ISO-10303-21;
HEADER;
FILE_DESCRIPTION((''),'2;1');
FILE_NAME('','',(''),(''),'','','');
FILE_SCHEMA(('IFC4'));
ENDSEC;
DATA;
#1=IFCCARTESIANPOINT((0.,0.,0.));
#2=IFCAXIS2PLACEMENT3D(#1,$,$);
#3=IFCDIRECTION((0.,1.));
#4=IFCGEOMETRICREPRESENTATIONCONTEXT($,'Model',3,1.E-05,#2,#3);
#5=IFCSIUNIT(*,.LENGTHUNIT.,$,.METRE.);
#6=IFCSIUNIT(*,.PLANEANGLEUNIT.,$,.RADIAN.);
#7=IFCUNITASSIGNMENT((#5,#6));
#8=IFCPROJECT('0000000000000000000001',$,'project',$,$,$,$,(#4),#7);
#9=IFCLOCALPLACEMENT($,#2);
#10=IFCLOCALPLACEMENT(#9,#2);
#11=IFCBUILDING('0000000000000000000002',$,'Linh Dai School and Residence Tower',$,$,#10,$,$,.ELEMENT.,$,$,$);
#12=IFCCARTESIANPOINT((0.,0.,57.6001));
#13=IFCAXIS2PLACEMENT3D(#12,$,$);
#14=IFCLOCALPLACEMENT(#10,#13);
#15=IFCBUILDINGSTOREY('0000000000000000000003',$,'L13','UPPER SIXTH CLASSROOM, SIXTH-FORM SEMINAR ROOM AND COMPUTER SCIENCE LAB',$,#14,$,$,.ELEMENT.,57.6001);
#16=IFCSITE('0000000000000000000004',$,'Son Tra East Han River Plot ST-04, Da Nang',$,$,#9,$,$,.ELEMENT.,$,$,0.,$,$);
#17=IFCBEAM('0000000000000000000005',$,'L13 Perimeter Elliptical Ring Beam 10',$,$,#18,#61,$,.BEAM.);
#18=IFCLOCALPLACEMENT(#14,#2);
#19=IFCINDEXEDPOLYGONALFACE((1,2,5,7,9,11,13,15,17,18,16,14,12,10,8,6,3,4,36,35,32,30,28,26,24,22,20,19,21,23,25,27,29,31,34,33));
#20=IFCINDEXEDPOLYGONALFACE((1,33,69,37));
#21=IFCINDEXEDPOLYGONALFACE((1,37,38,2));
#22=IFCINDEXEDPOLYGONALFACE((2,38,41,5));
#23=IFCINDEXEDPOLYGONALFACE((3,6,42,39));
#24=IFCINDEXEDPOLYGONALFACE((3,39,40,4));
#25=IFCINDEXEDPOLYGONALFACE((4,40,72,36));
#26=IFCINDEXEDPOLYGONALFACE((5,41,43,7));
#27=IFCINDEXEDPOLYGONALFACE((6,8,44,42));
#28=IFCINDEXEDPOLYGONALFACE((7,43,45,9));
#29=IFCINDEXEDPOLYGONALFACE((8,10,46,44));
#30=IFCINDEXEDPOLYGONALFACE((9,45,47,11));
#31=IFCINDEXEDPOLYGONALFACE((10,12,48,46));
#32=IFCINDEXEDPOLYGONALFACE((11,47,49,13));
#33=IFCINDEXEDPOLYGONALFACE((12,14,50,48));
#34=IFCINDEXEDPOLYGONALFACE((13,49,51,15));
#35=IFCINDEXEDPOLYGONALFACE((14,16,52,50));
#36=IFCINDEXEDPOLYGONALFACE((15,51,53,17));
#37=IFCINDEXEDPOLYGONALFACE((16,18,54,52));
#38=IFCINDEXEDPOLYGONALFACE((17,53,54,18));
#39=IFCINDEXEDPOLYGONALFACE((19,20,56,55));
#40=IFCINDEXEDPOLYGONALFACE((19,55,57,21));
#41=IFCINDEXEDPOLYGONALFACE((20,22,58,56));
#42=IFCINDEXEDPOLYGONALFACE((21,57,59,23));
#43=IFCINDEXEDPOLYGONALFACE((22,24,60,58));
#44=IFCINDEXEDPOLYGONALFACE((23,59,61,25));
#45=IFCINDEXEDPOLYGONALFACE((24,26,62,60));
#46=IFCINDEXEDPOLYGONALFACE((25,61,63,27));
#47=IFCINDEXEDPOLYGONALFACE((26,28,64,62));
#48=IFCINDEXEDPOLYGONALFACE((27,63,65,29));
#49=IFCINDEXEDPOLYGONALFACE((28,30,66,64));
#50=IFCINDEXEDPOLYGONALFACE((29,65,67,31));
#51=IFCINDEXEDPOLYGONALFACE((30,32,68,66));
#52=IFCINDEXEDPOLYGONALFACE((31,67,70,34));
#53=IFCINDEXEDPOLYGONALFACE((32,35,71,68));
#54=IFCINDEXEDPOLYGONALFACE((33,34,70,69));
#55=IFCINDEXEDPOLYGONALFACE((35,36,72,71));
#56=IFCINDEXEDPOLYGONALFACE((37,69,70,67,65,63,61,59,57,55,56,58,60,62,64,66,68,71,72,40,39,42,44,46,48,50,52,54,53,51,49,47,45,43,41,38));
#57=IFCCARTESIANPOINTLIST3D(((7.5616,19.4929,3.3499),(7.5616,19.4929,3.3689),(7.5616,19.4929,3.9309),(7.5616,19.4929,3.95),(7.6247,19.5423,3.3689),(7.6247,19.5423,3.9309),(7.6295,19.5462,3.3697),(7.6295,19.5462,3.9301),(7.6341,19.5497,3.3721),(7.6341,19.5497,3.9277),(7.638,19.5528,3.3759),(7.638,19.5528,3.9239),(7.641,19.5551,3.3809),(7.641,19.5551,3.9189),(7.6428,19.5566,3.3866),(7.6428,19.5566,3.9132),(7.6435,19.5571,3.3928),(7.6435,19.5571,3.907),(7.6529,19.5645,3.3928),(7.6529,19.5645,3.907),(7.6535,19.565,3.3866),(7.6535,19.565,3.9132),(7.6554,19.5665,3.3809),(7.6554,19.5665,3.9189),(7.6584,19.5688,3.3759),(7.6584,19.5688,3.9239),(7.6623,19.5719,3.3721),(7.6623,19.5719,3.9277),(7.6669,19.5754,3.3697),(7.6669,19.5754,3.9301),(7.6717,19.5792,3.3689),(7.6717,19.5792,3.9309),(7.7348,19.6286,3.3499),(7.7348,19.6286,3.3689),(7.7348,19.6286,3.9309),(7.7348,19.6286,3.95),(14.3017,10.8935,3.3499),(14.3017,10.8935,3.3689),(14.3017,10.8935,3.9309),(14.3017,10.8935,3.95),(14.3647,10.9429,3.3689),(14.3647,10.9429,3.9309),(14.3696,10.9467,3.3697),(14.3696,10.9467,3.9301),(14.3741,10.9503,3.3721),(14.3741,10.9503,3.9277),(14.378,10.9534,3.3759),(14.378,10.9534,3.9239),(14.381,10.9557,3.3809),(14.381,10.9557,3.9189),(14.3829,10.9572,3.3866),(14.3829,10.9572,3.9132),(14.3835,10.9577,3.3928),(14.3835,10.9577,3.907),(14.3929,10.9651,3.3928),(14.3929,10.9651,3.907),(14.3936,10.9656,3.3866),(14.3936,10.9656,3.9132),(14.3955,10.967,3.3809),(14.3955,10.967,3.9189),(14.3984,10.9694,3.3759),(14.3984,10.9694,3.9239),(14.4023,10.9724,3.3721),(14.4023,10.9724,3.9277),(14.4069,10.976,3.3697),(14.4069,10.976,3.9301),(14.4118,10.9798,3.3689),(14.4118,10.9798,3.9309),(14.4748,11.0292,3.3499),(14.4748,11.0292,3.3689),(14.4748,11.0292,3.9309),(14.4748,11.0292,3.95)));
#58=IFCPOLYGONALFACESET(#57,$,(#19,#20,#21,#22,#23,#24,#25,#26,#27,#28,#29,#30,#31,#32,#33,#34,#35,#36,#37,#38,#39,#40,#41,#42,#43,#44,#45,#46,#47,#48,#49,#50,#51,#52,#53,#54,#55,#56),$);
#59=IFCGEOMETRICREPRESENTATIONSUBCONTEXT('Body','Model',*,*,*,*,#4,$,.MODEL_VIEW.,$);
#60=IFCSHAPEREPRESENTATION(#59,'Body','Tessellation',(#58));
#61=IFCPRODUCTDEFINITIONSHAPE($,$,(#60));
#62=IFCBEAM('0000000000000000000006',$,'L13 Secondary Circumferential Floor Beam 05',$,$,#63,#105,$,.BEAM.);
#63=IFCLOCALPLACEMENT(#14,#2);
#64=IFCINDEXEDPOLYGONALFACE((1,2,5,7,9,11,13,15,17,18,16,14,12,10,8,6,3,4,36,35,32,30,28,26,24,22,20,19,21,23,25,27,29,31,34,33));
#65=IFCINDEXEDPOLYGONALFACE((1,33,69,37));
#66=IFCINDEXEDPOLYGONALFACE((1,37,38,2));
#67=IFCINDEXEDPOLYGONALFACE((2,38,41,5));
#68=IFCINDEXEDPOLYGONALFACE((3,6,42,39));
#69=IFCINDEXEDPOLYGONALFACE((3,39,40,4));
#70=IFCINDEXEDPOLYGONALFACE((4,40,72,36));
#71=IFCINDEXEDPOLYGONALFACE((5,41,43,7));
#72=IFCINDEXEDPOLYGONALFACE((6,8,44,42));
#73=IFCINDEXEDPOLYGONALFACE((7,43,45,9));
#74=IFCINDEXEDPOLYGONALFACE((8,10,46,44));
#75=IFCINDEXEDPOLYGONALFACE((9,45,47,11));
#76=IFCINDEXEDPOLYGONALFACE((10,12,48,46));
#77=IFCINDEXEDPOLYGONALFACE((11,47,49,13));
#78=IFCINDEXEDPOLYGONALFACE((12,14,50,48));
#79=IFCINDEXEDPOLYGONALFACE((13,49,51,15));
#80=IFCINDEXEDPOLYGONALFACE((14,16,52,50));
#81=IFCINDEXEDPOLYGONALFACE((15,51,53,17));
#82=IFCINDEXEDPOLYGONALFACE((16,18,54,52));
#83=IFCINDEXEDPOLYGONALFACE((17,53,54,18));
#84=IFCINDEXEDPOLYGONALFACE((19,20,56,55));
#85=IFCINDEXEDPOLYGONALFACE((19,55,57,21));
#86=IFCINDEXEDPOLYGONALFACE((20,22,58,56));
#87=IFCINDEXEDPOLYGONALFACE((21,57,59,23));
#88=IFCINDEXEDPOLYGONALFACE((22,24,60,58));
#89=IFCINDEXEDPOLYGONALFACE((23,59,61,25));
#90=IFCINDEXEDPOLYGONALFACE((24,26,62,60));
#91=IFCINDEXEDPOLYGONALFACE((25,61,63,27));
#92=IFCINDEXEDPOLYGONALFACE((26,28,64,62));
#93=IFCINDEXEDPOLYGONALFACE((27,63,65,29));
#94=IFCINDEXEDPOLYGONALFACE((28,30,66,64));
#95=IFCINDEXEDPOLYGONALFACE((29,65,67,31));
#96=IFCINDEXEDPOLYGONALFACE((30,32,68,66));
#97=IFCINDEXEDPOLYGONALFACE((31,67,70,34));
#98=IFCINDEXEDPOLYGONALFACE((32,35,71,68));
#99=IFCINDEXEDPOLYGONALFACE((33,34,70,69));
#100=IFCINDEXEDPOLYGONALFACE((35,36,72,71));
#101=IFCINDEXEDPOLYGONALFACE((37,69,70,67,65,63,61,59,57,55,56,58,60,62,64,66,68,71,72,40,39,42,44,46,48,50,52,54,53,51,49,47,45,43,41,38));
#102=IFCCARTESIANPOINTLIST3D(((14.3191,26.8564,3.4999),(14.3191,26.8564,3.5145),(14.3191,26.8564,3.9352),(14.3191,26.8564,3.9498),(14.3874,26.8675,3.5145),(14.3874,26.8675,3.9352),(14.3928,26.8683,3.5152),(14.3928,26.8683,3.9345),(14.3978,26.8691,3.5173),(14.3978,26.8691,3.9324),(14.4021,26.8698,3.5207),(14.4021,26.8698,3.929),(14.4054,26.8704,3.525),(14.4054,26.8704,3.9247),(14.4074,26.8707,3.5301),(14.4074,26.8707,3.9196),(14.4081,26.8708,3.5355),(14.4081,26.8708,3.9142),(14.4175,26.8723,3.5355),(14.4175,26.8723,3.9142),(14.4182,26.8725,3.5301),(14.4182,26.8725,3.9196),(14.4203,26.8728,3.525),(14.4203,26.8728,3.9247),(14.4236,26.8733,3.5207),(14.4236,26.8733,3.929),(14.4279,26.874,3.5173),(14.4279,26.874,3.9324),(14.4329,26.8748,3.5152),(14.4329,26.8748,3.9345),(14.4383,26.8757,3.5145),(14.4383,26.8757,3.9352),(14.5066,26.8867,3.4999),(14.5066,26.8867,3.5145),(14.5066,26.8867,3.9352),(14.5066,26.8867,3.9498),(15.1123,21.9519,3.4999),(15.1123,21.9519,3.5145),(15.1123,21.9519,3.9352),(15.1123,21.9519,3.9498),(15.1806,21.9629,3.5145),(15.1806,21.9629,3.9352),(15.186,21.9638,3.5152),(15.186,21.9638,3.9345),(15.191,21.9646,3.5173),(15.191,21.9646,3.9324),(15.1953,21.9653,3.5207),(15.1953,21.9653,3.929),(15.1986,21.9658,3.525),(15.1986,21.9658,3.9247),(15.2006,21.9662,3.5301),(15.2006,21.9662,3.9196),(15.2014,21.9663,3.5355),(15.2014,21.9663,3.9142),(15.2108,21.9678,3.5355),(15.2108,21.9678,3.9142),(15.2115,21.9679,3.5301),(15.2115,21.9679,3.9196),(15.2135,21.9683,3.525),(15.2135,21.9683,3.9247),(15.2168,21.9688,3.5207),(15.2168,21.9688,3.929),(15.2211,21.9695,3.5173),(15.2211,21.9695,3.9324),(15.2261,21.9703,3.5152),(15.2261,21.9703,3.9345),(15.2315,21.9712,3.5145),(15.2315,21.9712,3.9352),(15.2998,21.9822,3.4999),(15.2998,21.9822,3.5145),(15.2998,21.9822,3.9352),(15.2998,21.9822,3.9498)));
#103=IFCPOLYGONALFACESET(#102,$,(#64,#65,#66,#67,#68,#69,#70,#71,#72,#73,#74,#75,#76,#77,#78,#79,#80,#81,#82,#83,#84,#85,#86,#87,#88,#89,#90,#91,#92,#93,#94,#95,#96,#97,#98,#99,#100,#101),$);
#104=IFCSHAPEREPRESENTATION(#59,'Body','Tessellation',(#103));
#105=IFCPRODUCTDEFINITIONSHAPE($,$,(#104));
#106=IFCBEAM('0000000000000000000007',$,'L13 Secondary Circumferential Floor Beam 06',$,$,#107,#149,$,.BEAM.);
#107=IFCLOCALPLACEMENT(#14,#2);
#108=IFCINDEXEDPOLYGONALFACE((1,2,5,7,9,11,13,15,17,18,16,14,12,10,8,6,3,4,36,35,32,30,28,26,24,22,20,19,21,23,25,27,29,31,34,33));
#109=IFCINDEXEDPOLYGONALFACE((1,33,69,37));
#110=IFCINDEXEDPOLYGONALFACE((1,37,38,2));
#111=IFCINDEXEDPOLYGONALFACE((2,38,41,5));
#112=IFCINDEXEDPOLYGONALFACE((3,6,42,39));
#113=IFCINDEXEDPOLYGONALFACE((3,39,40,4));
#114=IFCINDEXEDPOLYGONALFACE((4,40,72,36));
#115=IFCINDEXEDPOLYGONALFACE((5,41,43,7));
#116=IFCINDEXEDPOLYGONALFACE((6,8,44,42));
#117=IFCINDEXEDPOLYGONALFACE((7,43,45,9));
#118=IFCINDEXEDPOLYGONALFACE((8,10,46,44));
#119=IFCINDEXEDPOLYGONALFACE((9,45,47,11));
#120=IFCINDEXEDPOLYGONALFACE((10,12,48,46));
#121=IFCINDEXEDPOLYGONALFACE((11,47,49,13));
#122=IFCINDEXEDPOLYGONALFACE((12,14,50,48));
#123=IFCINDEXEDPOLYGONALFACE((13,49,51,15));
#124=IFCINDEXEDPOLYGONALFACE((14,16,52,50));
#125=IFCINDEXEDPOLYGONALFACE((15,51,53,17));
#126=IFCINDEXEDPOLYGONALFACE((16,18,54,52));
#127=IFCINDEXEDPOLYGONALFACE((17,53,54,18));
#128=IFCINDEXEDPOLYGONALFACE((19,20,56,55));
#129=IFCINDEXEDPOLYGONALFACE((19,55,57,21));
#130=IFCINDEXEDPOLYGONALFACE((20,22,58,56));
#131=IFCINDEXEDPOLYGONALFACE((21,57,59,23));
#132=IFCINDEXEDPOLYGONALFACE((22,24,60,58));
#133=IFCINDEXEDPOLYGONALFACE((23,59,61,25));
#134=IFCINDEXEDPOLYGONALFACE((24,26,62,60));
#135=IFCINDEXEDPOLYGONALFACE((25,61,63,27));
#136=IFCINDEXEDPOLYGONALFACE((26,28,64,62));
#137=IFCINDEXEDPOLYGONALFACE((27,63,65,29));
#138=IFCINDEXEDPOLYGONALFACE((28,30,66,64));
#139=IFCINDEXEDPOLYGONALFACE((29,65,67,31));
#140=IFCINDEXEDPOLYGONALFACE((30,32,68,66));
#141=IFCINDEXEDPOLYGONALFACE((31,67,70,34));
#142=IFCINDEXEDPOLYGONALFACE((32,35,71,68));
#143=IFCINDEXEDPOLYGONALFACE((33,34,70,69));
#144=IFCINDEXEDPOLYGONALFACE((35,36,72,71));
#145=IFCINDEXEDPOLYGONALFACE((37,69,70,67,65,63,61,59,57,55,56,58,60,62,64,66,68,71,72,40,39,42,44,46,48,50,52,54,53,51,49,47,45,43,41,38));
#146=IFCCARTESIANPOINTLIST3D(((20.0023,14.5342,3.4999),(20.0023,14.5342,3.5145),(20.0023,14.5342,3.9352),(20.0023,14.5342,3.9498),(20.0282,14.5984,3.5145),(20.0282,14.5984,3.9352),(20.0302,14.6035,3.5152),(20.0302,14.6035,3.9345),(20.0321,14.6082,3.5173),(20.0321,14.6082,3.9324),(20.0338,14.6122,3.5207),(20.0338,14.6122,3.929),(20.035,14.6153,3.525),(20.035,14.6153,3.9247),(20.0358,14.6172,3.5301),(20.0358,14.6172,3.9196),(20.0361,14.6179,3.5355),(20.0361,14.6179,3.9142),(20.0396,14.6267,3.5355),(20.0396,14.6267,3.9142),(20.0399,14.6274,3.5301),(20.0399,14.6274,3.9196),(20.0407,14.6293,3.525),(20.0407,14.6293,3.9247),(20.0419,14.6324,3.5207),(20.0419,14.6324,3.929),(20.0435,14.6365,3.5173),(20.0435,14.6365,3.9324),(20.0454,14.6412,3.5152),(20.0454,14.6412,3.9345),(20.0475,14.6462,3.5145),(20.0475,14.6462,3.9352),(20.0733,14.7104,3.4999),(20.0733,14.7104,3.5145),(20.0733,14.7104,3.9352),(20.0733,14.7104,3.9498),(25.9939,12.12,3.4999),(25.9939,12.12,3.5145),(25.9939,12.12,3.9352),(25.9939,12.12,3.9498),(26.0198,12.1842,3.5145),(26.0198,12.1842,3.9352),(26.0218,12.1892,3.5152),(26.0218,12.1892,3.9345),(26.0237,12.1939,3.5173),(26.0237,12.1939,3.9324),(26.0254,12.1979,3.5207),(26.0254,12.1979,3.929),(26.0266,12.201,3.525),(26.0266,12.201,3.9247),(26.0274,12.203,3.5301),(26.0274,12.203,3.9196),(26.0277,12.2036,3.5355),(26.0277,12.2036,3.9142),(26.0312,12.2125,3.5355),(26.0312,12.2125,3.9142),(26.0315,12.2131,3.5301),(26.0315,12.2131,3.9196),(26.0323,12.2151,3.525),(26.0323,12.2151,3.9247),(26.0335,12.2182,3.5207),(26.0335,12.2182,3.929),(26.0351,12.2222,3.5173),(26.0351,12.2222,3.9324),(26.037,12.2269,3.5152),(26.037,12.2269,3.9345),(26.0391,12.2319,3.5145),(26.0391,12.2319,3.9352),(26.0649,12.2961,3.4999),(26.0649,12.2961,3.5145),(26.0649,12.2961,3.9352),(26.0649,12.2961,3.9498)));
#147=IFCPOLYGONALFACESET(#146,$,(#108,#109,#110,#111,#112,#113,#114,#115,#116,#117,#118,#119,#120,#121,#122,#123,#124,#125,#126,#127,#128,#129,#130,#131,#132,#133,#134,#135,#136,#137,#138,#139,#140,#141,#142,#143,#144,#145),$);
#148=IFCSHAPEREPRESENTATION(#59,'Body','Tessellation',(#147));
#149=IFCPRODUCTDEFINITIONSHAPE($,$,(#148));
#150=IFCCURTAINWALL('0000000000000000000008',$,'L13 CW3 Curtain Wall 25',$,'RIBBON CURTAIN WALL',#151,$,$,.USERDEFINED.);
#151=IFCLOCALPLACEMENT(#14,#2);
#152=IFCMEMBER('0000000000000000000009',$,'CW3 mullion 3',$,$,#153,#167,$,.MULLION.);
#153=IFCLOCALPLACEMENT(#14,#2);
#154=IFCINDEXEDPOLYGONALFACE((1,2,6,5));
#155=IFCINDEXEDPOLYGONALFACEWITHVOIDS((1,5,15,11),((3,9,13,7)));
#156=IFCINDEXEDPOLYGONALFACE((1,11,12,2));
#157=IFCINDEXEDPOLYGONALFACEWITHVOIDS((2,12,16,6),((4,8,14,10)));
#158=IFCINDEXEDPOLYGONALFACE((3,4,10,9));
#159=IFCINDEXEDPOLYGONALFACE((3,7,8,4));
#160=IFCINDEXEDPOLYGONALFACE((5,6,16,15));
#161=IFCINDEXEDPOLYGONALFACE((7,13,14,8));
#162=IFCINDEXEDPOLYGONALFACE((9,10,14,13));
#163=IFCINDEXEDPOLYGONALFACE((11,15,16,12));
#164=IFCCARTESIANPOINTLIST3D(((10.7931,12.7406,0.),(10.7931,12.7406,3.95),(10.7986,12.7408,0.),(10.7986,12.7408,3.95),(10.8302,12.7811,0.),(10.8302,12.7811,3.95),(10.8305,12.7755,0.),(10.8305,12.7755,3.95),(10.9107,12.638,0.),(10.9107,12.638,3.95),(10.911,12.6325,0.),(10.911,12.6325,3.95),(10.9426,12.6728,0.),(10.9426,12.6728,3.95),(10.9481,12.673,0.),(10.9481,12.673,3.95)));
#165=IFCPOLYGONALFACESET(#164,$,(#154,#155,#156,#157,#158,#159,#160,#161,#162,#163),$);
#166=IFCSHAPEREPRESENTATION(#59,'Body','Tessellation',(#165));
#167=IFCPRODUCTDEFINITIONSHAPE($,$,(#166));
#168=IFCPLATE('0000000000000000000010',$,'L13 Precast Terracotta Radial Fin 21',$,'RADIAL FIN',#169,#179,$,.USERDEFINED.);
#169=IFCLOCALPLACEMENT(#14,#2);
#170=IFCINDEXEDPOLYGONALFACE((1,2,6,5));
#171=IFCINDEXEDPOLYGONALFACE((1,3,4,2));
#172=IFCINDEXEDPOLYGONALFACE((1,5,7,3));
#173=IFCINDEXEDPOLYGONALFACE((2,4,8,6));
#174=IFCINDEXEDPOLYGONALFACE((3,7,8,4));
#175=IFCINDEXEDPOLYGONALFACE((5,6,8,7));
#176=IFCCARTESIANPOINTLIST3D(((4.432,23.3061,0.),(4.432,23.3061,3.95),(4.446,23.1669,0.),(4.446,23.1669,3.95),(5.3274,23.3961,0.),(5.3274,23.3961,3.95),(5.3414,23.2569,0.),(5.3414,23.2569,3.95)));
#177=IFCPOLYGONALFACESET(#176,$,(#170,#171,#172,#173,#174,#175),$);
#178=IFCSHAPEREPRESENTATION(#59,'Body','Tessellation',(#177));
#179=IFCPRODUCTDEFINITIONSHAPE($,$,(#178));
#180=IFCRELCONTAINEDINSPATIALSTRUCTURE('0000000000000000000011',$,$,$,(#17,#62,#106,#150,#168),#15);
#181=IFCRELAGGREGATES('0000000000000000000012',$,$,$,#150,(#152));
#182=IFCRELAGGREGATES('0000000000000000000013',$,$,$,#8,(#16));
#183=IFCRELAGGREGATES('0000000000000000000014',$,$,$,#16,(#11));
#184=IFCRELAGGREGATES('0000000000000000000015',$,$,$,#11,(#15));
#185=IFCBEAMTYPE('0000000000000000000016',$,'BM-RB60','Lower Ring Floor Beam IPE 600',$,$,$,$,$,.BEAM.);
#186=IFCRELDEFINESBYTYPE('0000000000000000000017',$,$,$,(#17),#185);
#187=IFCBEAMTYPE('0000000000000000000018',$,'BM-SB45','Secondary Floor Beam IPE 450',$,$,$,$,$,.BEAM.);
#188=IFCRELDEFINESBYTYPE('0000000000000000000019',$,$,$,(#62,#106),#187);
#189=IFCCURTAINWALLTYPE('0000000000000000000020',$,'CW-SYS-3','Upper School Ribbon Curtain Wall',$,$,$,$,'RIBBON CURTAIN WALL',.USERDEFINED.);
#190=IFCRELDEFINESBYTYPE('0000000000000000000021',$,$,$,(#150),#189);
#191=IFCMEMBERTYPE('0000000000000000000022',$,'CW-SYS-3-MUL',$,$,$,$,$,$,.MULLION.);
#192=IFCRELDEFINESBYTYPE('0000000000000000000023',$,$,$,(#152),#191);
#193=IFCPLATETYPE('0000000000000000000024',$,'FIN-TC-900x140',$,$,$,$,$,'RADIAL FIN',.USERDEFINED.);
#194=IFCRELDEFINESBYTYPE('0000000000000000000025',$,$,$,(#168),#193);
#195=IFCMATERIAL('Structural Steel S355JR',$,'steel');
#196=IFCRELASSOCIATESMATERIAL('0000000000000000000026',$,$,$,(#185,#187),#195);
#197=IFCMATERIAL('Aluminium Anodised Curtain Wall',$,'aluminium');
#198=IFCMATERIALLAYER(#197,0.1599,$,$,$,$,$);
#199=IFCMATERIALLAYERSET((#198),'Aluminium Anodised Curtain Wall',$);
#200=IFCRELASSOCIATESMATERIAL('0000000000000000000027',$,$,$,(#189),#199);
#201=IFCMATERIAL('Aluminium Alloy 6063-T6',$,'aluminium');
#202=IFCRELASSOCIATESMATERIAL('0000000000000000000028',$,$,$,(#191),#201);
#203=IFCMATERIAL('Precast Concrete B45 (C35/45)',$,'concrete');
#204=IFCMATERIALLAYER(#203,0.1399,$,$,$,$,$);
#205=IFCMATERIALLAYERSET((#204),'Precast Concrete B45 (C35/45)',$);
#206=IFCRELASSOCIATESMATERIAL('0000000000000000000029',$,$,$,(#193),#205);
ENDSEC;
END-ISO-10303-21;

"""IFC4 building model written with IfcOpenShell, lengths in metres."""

from ifc_helpers import new_model, si_unit, direction, frame, origin, origin_2d, place, context, subcontext, project, spatial, rectangle, hollow_rectangle, i_section, extrude, source, transform, mapped, material, layer, layer_set, material_profile, profile_set, type_object, element, aggregate, save


model = new_model("IFC4")

# Units and contexts
model_context = context("Model", 3, precision=1e-05, world=origin(), true_north=direction((0.0, 1.0)))
body_context = subcontext(model_context, "Body", "Model", "MODEL_VIEW")
ifc_project = project(units=[si_unit("LENGTHUNIT", "METRE"), si_unit("PLANEANGLEUNIT", "RADIAN")], contexts=[model_context])

# Site, building, storey
site_placement = place(None, origin())
site = spatial("IfcSite", under=ifc_project, at=site_placement, Name="Son Tra East Han River Plot ST-04, Da Nang", CompositionType="ELEMENT", RefElevation=0.0)
building_placement = place(site_placement, origin())
building = spatial("IfcBuilding", under=site, at=building_placement, Name="Linh Dai School and Residence Tower", CompositionType="ELEMENT")
storey_placement = place(building_placement, frame((0.0, 0.0, 57.6001)))
storey = spatial("IfcBuildingStorey", under=building, at=storey_placement, Name="L13", Description="UPPER SIXTH CLASSROOM, SIXTH-FORM SEMINAR ROOM AND COMPUTER SCIENCE LAB", CompositionType="ELEMENT", Elevation=57.6001)

# Shared definitions
ifc_material_1 = material(Name="Structural Steel S355JR", Category="steel")

# Beams
ifc_material_profile_1 = material_profile(ifc_material_1, i_section(OverallWidth=0.22, OverallDepth=0.6001, WebThickness=0.012, FlangeThickness=0.019, FilletRadius=0.0239, at=origin_2d()), Name="IPE 600")
ifc_profile_set_1 = profile_set([ifc_material_profile_1], Name="Structural Steel S355JR")
beam_type_1 = type_object("IfcBeamType", Name="BM-RB60", Description="Lower Ring Floor Beam IPE 600", PredefinedType="BEAM", material=ifc_profile_set_1)
beam_1_placement = place(storey_placement, frame((7.6482, 19.5608, 3.6499), z_axis=(0.616879, -0.787058, 0.0), x_axis=(0.787058, 0.616879, 0.0)))
element("IfcBeam", 1, at=beam_1_placement, inside=storey, type_object=beam_type_1, Name="L13 Perimeter Elliptical Ring Beam 10", PredefinedType="BEAM", context=body_context, shape_type="SweptSolid", body=[
    extrude(i_section(OverallWidth=0.22, OverallDepth=0.6001, WebThickness=0.012, FlangeThickness=0.019, FilletRadius=0.0239, at=origin_2d()), origin(), (0.0, 0.0, 1.0), 10.926),
])
ifc_material_profile_2 = material_profile(ifc_material_1, i_section(OverallWidth=0.1899, OverallDepth=0.45, WebThickness=0.0095, FlangeThickness=0.0146, FilletRadius=0.021, at=origin_2d()), Name="IPE 450")
ifc_profile_set_2 = profile_set([ifc_material_profile_2], Name="Structural Steel S355JR")
beam_type_2 = type_object("IfcBeamType", Name="BM-SB45", Description="Secondary Floor Beam IPE 450", PredefinedType="BEAM", material=ifc_profile_set_2)
beam_2_placement = place(storey_placement, frame((14.4128, 26.8716, 3.7249), z_axis=(0.159656, -0.987173, 0.0), x_axis=(0.987173, 0.159656, 0.0)))
element("IfcBeam", 2, at=beam_2_placement, inside=storey, type_object=beam_type_2, Name="L13 Secondary Circumferential Floor Beam 05", PredefinedType="BEAM", context=body_context, shape_type="SweptSolid", body=[
    extrude(i_section(OverallWidth=0.1899, OverallDepth=0.45, WebThickness=0.0095, FlangeThickness=0.0146, FilletRadius=0.021, at=origin_2d()), origin(), (0.0, 0.0, 1.0), 4.9683),
])
beam_3_placement = place(storey_placement, frame((20.0378, 14.6223, 3.7249), z_axis=(0.927533, -0.373742, 0.0), x_axis=(0.373742, 0.927533, 0.0)))
element("IfcBeam", 3, at=beam_3_placement, inside=storey, type_object=beam_type_2, Name="L13 Secondary Circumferential Floor Beam 06", PredefinedType="BEAM", context=body_context, shape_type="SweptSolid", body=[
    extrude(i_section(OverallWidth=0.1899, OverallDepth=0.45, WebThickness=0.0095, FlangeThickness=0.0146, FilletRadius=0.021, at=origin_2d()), origin(), (0.0, 0.0, 1.0), 6.4597),
])

# Curtain wall, member
ifc_material_2 = material(Name="Aluminium Anodised Curtain Wall", Category="aluminium")
ifc_layer_1 = layer(ifc_material_2, 0.1599)
ifc_layer_set_1 = layer_set([ifc_layer_1], Name="Aluminium Anodised Curtain Wall")
curtain_wall_type = type_object("IfcCurtainWallType", Name="CW-SYS-3", Description="Upper School Ribbon Curtain Wall", ElementType="RIBBON CURTAIN WALL", PredefinedType="USERDEFINED", material=ifc_layer_set_1)
curtain_wall_placement = place(storey_placement, origin())
curtain_wall = element("IfcCurtainWall", 4, at=curtain_wall_placement, inside=storey, type_object=curtain_wall_type, Name="L13 CW3 Curtain Wall 25", ObjectType="RIBBON CURTAIN WALL", PredefinedType="USERDEFINED")
ifc_material_3 = material(Name="Aluminium Alloy 6063-T6", Category="aluminium")
ifc_material_profile_3 = material_profile(ifc_material_3, hollow_rectangle(XDim=0.0549, YDim=0.1599, WallThickness=0.0039, at=origin_2d()), Name="RHS 160x55x4")
ifc_profile_set_3 = profile_set([ifc_material_profile_3], Name="Aluminium Alloy 6063-T6")
member_type = type_object("IfcMemberType", Name="CW-SYS-3-MUL", PredefinedType="MULLION", material=ifc_profile_set_3)
shared_shape_1 = source(origin(), body_context, "Body", "SweptSolid", [
    extrude(hollow_rectangle(XDim=0.0549, YDim=0.1599, WallThickness=0.0039, at=origin_2d()), origin(), (0.0, 0.0, 1.0), 3.95),
])
member_placement = place(storey_placement, frame((10.8706, 12.7068, 0.0), z_axis=(0.0, 0.0, 1.0), x_axis=(-0.675769, -0.737113, 0.0)))
member = element("IfcMember", 5, at=member_placement, type_object=member_type, Name="CW3 mullion 3", PredefinedType="MULLION", context=body_context, shape_type="MappedRepresentation", body=[
    mapped(shared_shape_1, transform((0.0, 0.0, 0.0), x_axis=(1.0, 0.0, 0.0), y_axis=(0.0, 1.0, 0.0), z_axis=(0.0, 0.0, 1.0), scale=1.0)),
])
aggregate(curtain_wall, [member])

# Plate
ifc_material_4 = material(Name="Precast Concrete B45 (C35/45)", Category="concrete")
ifc_layer_2 = layer(ifc_material_4, 0.1399)
ifc_layer_set_2 = layer_set([ifc_layer_2], Name="Precast Concrete B45 (C35/45)")
plate_type = type_object("IfcPlateType", Name="FIN-TC-900x140", ElementType="RADIAL FIN", PredefinedType="USERDEFINED", material=ifc_layer_set_2)
shared_shape_2 = source(origin(), body_context, "Body", "SweptSolid", [
    extrude(rectangle(XDim=0.8999, YDim=0.1399, at=origin_2d()), origin(), (0.0, 0.0, 1.0), 3.95),
])
plate_placement = place(storey_placement, frame((4.8867, 23.2815, 0.0), z_axis=(0.0, 0.0, 1.0), x_axis=(-0.994986, -0.100009, 0.0)))
element("IfcPlate", 6, at=plate_placement, inside=storey, type_object=plate_type, Name="L13 Precast Terracotta Radial Fin 21", ObjectType="RADIAL FIN", PredefinedType="USERDEFINED", context=body_context, shape_type="MappedRepresentation", body=[
    mapped(shared_shape_2, transform((0.0, 0.0, 0.0), x_axis=(1.0, 0.0, 0.0), y_axis=(0.0, 1.0, 0.0), z_axis=(0.0, 0.0, 1.0), scale=1.0)),
])

save(model, "model.ifc")
